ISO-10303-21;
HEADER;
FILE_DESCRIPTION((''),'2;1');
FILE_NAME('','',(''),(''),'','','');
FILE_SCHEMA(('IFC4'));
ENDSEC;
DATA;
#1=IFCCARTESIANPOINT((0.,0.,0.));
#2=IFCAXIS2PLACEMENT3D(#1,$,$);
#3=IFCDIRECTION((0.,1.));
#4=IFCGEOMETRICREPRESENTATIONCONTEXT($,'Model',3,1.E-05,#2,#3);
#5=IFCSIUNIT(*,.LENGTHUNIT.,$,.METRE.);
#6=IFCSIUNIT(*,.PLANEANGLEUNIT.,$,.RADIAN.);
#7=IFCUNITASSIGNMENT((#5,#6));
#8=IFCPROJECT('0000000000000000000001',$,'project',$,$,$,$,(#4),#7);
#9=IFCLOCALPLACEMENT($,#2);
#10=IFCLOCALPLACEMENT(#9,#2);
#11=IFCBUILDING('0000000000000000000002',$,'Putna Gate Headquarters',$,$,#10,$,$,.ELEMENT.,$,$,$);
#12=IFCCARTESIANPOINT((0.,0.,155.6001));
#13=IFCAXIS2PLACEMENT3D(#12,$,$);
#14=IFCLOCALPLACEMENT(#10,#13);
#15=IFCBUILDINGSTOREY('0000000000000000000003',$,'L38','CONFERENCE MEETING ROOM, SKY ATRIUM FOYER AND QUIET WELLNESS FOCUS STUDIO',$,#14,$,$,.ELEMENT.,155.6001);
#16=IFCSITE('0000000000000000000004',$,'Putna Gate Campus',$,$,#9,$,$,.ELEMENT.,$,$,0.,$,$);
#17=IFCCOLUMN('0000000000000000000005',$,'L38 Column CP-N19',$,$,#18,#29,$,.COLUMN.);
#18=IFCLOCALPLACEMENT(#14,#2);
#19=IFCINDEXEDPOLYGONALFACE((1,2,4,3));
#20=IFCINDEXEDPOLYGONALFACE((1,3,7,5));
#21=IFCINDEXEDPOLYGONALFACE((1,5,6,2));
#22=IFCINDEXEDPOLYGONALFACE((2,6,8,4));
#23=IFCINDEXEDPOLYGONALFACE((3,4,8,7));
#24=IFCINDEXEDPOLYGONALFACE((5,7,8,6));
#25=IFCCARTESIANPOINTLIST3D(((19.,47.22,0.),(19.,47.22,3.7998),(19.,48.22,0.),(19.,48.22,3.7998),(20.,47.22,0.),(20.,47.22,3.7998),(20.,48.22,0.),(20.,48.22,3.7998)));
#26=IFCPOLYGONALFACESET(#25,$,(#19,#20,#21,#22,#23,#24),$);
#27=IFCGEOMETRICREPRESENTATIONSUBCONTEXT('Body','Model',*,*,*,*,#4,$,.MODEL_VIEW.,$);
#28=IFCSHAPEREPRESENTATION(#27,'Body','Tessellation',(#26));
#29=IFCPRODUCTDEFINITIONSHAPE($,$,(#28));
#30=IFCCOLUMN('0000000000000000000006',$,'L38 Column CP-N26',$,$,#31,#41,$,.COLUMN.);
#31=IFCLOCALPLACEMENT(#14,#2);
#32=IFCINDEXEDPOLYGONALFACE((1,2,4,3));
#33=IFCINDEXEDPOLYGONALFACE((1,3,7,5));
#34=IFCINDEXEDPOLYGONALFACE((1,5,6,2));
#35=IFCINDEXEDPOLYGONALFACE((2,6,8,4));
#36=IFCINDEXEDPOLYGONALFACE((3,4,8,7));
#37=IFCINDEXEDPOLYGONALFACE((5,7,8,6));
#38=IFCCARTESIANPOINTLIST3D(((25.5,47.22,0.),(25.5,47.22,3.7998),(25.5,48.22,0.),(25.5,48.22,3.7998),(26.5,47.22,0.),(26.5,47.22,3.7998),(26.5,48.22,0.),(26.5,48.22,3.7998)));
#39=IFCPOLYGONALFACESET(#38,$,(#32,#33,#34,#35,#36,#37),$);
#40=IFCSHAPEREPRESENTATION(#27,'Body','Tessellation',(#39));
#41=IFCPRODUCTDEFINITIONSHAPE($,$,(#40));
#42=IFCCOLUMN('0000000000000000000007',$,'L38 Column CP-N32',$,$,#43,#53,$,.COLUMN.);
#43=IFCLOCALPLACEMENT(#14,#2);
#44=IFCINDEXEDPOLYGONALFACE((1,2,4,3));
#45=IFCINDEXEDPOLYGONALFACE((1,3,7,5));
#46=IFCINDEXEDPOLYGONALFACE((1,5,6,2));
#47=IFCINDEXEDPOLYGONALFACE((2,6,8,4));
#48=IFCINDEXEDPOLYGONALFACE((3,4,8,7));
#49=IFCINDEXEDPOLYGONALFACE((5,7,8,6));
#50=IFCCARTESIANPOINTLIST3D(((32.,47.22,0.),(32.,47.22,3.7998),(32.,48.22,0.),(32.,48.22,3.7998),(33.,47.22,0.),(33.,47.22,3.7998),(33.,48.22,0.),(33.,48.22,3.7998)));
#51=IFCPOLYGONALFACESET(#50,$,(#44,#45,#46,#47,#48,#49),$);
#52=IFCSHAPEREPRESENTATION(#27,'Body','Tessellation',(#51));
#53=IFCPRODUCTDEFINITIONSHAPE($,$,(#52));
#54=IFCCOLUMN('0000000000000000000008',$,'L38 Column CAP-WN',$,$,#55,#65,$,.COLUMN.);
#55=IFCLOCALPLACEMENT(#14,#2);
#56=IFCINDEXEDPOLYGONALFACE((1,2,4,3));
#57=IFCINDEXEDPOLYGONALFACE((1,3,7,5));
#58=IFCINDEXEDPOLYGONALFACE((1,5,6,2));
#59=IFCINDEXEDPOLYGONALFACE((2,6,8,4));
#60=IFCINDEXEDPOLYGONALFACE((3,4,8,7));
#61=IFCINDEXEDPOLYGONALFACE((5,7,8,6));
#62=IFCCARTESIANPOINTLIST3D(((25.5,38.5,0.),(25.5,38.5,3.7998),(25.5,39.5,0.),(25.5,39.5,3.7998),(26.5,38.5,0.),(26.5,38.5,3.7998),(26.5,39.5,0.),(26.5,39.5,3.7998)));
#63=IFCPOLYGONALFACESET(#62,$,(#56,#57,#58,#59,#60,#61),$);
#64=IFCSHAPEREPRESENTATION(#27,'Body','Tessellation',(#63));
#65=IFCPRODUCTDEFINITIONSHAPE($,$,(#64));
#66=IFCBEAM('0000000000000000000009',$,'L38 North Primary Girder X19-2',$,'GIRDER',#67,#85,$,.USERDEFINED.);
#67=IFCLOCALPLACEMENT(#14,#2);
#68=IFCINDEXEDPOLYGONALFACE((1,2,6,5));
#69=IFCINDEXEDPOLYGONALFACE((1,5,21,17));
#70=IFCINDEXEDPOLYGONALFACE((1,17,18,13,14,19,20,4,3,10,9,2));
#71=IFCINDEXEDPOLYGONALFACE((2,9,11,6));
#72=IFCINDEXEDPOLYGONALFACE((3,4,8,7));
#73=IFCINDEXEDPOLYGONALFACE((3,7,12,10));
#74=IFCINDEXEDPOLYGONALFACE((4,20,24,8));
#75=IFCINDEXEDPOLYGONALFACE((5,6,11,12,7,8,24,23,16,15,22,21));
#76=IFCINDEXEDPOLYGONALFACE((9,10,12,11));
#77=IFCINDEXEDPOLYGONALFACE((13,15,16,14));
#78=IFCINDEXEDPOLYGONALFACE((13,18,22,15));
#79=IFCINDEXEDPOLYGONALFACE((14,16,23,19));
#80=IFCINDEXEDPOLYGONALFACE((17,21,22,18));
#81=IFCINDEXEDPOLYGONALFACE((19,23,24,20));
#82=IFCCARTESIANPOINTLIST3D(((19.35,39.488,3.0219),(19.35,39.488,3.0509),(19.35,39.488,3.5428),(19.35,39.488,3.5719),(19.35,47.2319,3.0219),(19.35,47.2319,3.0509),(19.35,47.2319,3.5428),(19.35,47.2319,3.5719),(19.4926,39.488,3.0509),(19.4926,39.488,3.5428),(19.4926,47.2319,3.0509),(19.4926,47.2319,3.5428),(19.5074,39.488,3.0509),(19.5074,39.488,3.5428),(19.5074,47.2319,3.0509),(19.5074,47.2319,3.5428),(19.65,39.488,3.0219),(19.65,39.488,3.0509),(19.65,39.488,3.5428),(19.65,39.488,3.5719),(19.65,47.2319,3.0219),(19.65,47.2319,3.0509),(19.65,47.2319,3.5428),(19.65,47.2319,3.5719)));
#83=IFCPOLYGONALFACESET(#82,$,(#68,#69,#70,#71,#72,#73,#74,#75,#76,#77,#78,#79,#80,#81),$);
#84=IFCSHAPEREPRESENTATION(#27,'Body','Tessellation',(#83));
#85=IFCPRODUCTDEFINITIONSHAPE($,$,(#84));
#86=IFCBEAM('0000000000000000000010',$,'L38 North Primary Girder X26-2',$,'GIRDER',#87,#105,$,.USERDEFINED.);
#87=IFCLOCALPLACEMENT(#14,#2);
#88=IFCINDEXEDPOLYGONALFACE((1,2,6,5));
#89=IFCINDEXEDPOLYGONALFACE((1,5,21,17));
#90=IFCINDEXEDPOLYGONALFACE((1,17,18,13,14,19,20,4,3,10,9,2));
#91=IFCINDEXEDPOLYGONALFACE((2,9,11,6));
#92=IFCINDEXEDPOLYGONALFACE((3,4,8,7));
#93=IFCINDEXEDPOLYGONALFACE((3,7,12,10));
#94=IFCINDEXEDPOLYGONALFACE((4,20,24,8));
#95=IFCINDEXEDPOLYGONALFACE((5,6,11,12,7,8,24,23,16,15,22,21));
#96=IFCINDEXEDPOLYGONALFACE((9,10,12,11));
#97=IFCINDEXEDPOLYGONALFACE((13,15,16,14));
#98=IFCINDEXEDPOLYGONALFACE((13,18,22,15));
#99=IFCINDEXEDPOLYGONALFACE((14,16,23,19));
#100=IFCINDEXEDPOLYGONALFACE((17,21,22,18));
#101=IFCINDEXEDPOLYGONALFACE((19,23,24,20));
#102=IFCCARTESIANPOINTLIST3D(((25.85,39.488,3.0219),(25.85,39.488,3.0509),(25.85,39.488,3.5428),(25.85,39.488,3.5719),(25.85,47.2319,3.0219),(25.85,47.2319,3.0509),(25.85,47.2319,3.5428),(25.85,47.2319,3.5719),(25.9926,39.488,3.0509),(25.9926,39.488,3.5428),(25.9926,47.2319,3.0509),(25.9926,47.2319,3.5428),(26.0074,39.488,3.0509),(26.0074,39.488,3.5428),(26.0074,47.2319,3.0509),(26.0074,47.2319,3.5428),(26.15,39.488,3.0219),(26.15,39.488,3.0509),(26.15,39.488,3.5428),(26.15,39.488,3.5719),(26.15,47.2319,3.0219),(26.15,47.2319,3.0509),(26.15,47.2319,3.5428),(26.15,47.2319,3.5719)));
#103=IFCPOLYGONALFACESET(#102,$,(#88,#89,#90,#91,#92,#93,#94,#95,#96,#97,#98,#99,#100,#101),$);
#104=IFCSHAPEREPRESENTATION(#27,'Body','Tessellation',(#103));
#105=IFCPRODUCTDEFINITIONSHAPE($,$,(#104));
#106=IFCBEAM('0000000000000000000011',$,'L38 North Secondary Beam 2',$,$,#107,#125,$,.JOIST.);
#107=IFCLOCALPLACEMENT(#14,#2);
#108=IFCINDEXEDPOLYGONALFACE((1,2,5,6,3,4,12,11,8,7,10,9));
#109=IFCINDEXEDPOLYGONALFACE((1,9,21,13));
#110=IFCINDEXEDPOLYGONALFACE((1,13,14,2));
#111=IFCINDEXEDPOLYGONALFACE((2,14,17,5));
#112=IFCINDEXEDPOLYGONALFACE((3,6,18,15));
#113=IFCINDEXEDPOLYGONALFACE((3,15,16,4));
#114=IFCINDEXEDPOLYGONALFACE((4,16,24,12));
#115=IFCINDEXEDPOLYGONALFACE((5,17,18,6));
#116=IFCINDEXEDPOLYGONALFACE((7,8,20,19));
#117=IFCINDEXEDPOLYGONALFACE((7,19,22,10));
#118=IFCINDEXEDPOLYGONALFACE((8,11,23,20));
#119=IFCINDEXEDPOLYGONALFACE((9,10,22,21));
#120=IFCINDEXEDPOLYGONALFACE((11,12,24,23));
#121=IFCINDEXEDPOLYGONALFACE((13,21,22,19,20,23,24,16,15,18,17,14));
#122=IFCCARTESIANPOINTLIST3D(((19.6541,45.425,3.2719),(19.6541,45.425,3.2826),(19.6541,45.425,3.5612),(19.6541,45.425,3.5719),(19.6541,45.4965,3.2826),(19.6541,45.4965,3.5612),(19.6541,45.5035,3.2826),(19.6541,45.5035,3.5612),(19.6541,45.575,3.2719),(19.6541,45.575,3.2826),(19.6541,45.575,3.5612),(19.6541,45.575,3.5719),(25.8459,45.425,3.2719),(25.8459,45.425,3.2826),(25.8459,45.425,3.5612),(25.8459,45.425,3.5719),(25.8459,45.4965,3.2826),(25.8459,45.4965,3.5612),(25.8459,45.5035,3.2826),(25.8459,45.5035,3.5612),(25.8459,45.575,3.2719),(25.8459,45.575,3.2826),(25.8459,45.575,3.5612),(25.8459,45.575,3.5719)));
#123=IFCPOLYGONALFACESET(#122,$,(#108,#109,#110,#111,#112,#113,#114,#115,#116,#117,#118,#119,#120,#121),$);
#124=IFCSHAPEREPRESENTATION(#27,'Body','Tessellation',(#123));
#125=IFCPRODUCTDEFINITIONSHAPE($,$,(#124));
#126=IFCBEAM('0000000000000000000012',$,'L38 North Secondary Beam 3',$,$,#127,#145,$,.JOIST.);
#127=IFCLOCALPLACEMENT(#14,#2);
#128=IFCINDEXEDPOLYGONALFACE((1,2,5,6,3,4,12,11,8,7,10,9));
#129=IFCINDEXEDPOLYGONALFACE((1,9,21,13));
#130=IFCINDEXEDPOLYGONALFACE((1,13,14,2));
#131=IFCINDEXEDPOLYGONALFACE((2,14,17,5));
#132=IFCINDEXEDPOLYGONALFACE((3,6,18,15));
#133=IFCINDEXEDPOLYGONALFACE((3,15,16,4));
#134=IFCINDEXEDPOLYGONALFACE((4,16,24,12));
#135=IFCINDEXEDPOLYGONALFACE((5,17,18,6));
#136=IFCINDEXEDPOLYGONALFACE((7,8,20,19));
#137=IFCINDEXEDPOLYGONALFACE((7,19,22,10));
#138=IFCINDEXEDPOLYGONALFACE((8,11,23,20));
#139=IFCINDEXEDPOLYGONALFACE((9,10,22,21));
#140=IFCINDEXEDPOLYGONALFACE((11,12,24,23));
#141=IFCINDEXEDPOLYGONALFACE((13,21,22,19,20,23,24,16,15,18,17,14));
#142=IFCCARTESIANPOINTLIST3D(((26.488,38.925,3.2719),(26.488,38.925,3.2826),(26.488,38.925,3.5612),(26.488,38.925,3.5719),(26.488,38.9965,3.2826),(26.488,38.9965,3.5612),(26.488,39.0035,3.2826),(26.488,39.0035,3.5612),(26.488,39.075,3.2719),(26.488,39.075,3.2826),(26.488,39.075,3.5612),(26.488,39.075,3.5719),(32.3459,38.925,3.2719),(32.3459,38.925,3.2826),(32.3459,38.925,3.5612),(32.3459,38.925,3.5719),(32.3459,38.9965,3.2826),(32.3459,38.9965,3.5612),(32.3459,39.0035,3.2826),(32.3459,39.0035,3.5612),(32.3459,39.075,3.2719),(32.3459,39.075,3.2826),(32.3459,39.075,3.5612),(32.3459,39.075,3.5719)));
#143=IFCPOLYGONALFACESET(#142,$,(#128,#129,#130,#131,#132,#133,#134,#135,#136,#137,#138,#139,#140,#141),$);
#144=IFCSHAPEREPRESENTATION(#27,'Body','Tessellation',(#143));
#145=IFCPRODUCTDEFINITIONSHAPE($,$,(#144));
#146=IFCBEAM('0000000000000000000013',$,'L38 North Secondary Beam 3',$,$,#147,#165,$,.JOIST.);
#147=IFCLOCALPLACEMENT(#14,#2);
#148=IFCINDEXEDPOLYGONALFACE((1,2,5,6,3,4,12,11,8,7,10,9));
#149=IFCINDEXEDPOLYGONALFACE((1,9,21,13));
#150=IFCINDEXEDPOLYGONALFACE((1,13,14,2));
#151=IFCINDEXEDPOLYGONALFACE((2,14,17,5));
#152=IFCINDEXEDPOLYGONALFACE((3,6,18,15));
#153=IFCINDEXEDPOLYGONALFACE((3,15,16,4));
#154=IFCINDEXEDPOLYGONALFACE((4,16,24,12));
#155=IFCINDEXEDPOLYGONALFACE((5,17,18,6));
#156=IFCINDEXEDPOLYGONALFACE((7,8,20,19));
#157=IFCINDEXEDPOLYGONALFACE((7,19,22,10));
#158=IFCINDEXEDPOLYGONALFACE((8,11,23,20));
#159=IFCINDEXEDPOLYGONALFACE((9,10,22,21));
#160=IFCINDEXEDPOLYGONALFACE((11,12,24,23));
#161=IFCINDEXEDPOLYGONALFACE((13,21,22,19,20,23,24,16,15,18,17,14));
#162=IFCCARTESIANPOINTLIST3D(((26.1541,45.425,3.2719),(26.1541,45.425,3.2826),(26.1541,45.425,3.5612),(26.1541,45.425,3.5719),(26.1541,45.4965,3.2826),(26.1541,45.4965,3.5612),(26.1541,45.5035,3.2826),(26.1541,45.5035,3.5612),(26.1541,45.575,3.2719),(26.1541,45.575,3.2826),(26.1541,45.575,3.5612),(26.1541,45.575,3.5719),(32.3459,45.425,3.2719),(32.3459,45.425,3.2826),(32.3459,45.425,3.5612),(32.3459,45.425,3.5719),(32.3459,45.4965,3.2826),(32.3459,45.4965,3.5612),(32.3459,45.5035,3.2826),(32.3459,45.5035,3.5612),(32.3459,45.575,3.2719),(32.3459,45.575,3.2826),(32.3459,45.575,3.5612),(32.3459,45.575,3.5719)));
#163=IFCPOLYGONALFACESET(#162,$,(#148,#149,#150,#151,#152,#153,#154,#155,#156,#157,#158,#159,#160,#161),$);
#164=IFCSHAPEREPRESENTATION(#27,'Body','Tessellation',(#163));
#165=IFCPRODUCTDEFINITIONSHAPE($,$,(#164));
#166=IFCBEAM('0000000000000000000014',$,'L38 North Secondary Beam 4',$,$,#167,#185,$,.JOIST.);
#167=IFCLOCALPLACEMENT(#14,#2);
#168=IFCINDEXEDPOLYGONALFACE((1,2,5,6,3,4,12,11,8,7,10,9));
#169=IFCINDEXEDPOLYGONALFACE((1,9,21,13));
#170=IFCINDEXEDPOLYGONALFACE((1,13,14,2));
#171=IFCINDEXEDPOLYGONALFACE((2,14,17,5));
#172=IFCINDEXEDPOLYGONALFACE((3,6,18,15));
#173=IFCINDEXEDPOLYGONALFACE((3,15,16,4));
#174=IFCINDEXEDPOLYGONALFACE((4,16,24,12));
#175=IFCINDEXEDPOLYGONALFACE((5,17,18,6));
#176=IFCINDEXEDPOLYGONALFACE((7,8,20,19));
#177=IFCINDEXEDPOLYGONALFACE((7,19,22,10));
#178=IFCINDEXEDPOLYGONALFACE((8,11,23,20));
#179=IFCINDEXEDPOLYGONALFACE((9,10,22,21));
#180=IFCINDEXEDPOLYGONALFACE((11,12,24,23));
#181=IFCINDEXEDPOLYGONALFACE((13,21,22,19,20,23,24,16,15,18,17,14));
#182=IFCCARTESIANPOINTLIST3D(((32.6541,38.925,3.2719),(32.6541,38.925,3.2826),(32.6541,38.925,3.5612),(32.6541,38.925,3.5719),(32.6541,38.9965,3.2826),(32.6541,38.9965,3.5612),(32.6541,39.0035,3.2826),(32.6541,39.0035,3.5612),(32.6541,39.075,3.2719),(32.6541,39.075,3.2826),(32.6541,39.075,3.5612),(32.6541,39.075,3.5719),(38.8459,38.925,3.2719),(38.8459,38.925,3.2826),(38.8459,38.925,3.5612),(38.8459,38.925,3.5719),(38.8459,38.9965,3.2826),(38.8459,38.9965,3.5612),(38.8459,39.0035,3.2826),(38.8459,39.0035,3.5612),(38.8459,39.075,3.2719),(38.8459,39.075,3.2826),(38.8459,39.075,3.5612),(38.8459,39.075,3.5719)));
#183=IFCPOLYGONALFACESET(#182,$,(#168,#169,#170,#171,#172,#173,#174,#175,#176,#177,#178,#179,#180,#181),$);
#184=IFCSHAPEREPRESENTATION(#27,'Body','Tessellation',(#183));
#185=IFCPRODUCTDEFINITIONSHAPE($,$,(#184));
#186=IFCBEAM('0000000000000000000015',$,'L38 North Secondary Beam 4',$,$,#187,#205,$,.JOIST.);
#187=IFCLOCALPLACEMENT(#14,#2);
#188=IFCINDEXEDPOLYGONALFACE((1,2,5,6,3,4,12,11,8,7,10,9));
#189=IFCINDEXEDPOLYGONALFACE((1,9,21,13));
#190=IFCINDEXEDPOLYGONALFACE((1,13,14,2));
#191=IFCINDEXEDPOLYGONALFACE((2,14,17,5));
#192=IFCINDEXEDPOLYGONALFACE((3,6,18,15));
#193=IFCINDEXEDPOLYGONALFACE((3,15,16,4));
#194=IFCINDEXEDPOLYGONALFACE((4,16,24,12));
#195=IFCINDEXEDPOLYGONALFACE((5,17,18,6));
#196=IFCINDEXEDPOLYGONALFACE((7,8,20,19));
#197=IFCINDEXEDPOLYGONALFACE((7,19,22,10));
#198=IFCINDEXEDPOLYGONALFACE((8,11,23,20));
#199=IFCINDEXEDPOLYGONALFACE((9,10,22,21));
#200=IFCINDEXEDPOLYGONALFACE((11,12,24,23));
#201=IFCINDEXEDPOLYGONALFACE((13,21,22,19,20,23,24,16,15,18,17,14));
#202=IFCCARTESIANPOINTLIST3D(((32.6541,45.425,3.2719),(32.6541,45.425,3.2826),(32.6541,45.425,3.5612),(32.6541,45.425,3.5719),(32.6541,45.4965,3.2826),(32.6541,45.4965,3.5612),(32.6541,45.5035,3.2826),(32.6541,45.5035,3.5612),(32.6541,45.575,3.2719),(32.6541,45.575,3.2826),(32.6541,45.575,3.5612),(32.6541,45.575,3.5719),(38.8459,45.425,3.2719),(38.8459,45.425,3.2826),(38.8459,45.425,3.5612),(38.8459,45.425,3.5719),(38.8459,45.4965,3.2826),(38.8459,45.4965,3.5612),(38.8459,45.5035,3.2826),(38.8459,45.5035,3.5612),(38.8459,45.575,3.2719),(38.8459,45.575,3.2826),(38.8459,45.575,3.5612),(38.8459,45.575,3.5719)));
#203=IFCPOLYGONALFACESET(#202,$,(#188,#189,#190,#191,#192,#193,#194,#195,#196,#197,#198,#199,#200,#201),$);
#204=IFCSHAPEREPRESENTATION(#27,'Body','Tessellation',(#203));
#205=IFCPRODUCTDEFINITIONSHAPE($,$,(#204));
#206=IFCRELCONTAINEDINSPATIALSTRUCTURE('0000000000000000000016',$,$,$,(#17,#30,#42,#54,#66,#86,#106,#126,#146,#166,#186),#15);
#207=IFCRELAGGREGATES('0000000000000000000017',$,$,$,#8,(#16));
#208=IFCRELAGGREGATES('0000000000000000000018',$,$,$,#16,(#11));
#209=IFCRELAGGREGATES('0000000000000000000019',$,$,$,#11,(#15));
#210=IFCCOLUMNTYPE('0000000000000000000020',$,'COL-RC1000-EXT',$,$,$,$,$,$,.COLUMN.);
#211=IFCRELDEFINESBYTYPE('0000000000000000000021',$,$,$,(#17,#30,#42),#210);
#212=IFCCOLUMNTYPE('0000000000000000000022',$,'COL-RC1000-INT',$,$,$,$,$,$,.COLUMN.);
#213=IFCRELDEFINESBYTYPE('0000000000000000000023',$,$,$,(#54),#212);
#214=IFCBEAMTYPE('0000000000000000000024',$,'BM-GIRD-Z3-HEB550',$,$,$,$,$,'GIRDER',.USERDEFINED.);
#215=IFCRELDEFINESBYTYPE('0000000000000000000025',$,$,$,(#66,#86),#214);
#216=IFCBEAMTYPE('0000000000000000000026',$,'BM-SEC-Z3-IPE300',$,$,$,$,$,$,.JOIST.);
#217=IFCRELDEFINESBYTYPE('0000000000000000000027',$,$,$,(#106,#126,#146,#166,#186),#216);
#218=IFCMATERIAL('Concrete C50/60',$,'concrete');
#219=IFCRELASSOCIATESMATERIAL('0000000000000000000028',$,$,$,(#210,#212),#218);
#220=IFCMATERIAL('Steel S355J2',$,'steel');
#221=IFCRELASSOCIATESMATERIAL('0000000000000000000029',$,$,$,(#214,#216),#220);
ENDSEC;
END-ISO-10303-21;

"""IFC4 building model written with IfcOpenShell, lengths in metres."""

from ifc_helpers import new_model, si_unit, direction, frame, origin, origin_2d, place, context, subcontext, project, spatial, rectangle, i_section, extrude, material, material_profile, profile_set, type_object, element, save


model = new_model("IFC4")

# Units and contexts
model_context = context("Model", 3, precision=1e-05, world=origin(), true_north=direction((0.0, 1.0)))
body_context = subcontext(model_context, "Body", "Model", "MODEL_VIEW")
ifc_project = project(units=[si_unit("LENGTHUNIT", "METRE"), si_unit("PLANEANGLEUNIT", "RADIAN")], contexts=[model_context])

# Site, building, storey
site_placement = place(None, origin())
site = spatial("IfcSite", under=ifc_project, at=site_placement, Name="Putna Gate Campus", CompositionType="ELEMENT", RefElevation=0.0)
building_placement = place(site_placement, origin())
building = spatial("IfcBuilding", under=site, at=building_placement, Name="Putna Gate Headquarters", CompositionType="ELEMENT")
storey_placement = place(building_placement, frame((0.0, 0.0, 155.6001)))
storey = spatial("IfcBuildingStorey", under=building, at=storey_placement, Name="L38", Description="CONFERENCE MEETING ROOM, SKY ATRIUM FOYER AND QUIET WELLNESS FOCUS STUDIO", CompositionType="ELEMENT", Elevation=155.6001)

# Columns
ifc_material_1 = material(Name="Concrete C50/60", Category="concrete")
ifc_material_profile_1 = material_profile(ifc_material_1, rectangle(XDim=1.0, YDim=1.0, at=origin_2d()), Name="Concrete C50/60")
ifc_profile_set_1 = profile_set([ifc_material_profile_1], Name="Concrete C50/60")
column_type_1 = type_object("IfcColumnType", Name="COL-RC1000-EXT", PredefinedType="COLUMN", material=ifc_profile_set_1)
for number, where, z_axis, x_axis, name in (
    (1, (19.5, 47.72, 0.0), (0.0, 0.0, 1.0), (1.0, 0.0, 0.0), "L38 Column CP-N19"),
    (2, (26.0, 47.72, 0.0), (0.0, 0.0, 1.0), (1.0, 0.0, 0.0), "L38 Column CP-N26"),
    (3, (32.5, 47.72, 0.0), (0.0, 0.0, 1.0), (1.0, 0.0, 0.0), "L38 Column CP-N32"),
):
    element("IfcColumn", number, at=place(storey_placement, frame(where, z_axis=z_axis, x_axis=x_axis)), inside=storey, type_object=column_type_1, Name=name, PredefinedType="COLUMN", context=body_context, shape_type="SweptSolid", body=[
        extrude(rectangle(XDim=1.0, YDim=1.0, at=origin_2d()), origin(), (0.0, 0.0, 1.0), 3.7998),
    ])
ifc_material_profile_2 = material_profile(ifc_material_1, rectangle(XDim=1.0, YDim=1.0, at=origin_2d()), Name="Concrete C50/60")
ifc_profile_set_2 = profile_set([ifc_material_profile_2], Name="Concrete C50/60")
column_type_2 = type_object("IfcColumnType", Name="COL-RC1000-INT", PredefinedType="COLUMN", material=ifc_profile_set_2)
column_placement = place(storey_placement, frame((26.0, 39.0, 0.0), z_axis=(0.0, 0.0, 1.0), x_axis=(1.0, 0.0, 0.0)))
element("IfcColumn", 4, at=column_placement, inside=storey, type_object=column_type_2, Name="L38 Column CAP-WN", PredefinedType="COLUMN", context=body_context, shape_type="SweptSolid", body=[
    extrude(rectangle(XDim=1.0, YDim=1.0, at=origin_2d()), origin(), (0.0, 0.0, 1.0), 3.7998),
])

# Beams
ifc_material_2 = material(Name="Steel S355J2", Category="steel")
ifc_material_profile_3 = material_profile(ifc_material_2, i_section(OverallWidth=0.3, OverallDepth=0.55, WebThickness=0.0149, FlangeThickness=0.0291, at=origin_2d()), Name="Steel S355J2")
ifc_profile_set_3 = profile_set([ifc_material_profile_3], Name="Steel S355J2")
beam_type_1 = type_object("IfcBeamType", Name="BM-GIRD-Z3-HEB550", ElementType="GIRDER", PredefinedType="USERDEFINED", material=ifc_profile_set_3)
for number, where, z_axis, x_axis, name in (
    (5, (19.5, 39.488, 3.2969), (0.0, 1.0, 0.0), (-1.0, 0.0, 0.0), "L38 North Primary Girder X19-2"),
    (6, (26.0, 39.488, 3.2969), (0.0, 1.0, 0.0), (-1.0, 0.0, 0.0), "L38 North Primary Girder X26-2"),
):
    element("IfcBeam", number, at=place(storey_placement, frame(where, z_axis=z_axis, x_axis=x_axis)), inside=storey, type_object=beam_type_1, Name=name, ObjectType="GIRDER", PredefinedType="USERDEFINED", context=body_context, shape_type="SweptSolid", body=[
        extrude(i_section(OverallWidth=0.3, OverallDepth=0.55, WebThickness=0.0149, FlangeThickness=0.0291, at=origin_2d()), origin(), (0.0, 0.0, 1.0), 7.7439),
    ])
ifc_material_profile_4 = material_profile(ifc_material_2, i_section(OverallWidth=0.1499, OverallDepth=0.3, WebThickness=0.0071, FlangeThickness=0.0107, at=origin_2d()), Name="Steel S355J2")
ifc_profile_set_4 = profile_set([ifc_material_profile_4], Name="Steel S355J2")
beam_type_2 = type_object("IfcBeamType", Name="BM-SEC-Z3-IPE300", PredefinedType="JOIST", material=ifc_profile_set_4)
beam_1_placement = place(storey_placement, frame((19.6541, 45.5, 3.4219), z_axis=(1.0, 0.0, 0.0), x_axis=(0.0, 1.0, 0.0)))
element("IfcBeam", 7, at=beam_1_placement, inside=storey, type_object=beam_type_2, Name="L38 North Secondary Beam 2", PredefinedType="JOIST", context=body_context, shape_type="SweptSolid", body=[
    extrude(i_section(OverallWidth=0.1499, OverallDepth=0.3, WebThickness=0.0071, FlangeThickness=0.0107, at=origin_2d()), origin(), (0.0, 0.0, 1.0), 6.1919),
])
beam_2_placement = place(storey_placement, frame((26.488, 39.0, 3.4219), z_axis=(1.0, 0.0, 0.0), x_axis=(0.0, 1.0, 0.0)))
element("IfcBeam", 8, at=beam_2_placement, inside=storey, type_object=beam_type_2, Name="L38 North Secondary Beam 3", PredefinedType="JOIST", context=body_context, shape_type="SweptSolid", body=[
    extrude(i_section(OverallWidth=0.1499, OverallDepth=0.3, WebThickness=0.0071, FlangeThickness=0.0107, at=origin_2d()), origin(), (0.0, 0.0, 1.0), 5.8579),
])
for number, where, z_axis, x_axis, name in (
    (9, (26.1541, 45.5, 3.4219), (1.0, 0.0, 0.0), (0.0, 1.0, 0.0), "L38 North Secondary Beam 3"),
    (10, (32.6541, 39.0, 3.4219), (1.0, 0.0, 0.0), (0.0, 1.0, 0.0), "L38 North Secondary Beam 4"),
    (11, (32.6541, 45.5, 3.4219), (1.0, 0.0, 0.0), (0.0, 1.0, 0.0), "L38 North Secondary Beam 4"),
):
    element("IfcBeam", number, at=place(storey_placement, frame(where, z_axis=z_axis, x_axis=x_axis)), inside=storey, type_object=beam_type_2, Name=name, PredefinedType="JOIST", context=body_context, shape_type="SweptSolid", body=[
        extrude(i_section(OverallWidth=0.1499, OverallDepth=0.3, WebThickness=0.0071, FlangeThickness=0.0107, at=origin_2d()), origin(), (0.0, 0.0, 1.0), 6.1919),
    ])

save(model, "model.ifc")
